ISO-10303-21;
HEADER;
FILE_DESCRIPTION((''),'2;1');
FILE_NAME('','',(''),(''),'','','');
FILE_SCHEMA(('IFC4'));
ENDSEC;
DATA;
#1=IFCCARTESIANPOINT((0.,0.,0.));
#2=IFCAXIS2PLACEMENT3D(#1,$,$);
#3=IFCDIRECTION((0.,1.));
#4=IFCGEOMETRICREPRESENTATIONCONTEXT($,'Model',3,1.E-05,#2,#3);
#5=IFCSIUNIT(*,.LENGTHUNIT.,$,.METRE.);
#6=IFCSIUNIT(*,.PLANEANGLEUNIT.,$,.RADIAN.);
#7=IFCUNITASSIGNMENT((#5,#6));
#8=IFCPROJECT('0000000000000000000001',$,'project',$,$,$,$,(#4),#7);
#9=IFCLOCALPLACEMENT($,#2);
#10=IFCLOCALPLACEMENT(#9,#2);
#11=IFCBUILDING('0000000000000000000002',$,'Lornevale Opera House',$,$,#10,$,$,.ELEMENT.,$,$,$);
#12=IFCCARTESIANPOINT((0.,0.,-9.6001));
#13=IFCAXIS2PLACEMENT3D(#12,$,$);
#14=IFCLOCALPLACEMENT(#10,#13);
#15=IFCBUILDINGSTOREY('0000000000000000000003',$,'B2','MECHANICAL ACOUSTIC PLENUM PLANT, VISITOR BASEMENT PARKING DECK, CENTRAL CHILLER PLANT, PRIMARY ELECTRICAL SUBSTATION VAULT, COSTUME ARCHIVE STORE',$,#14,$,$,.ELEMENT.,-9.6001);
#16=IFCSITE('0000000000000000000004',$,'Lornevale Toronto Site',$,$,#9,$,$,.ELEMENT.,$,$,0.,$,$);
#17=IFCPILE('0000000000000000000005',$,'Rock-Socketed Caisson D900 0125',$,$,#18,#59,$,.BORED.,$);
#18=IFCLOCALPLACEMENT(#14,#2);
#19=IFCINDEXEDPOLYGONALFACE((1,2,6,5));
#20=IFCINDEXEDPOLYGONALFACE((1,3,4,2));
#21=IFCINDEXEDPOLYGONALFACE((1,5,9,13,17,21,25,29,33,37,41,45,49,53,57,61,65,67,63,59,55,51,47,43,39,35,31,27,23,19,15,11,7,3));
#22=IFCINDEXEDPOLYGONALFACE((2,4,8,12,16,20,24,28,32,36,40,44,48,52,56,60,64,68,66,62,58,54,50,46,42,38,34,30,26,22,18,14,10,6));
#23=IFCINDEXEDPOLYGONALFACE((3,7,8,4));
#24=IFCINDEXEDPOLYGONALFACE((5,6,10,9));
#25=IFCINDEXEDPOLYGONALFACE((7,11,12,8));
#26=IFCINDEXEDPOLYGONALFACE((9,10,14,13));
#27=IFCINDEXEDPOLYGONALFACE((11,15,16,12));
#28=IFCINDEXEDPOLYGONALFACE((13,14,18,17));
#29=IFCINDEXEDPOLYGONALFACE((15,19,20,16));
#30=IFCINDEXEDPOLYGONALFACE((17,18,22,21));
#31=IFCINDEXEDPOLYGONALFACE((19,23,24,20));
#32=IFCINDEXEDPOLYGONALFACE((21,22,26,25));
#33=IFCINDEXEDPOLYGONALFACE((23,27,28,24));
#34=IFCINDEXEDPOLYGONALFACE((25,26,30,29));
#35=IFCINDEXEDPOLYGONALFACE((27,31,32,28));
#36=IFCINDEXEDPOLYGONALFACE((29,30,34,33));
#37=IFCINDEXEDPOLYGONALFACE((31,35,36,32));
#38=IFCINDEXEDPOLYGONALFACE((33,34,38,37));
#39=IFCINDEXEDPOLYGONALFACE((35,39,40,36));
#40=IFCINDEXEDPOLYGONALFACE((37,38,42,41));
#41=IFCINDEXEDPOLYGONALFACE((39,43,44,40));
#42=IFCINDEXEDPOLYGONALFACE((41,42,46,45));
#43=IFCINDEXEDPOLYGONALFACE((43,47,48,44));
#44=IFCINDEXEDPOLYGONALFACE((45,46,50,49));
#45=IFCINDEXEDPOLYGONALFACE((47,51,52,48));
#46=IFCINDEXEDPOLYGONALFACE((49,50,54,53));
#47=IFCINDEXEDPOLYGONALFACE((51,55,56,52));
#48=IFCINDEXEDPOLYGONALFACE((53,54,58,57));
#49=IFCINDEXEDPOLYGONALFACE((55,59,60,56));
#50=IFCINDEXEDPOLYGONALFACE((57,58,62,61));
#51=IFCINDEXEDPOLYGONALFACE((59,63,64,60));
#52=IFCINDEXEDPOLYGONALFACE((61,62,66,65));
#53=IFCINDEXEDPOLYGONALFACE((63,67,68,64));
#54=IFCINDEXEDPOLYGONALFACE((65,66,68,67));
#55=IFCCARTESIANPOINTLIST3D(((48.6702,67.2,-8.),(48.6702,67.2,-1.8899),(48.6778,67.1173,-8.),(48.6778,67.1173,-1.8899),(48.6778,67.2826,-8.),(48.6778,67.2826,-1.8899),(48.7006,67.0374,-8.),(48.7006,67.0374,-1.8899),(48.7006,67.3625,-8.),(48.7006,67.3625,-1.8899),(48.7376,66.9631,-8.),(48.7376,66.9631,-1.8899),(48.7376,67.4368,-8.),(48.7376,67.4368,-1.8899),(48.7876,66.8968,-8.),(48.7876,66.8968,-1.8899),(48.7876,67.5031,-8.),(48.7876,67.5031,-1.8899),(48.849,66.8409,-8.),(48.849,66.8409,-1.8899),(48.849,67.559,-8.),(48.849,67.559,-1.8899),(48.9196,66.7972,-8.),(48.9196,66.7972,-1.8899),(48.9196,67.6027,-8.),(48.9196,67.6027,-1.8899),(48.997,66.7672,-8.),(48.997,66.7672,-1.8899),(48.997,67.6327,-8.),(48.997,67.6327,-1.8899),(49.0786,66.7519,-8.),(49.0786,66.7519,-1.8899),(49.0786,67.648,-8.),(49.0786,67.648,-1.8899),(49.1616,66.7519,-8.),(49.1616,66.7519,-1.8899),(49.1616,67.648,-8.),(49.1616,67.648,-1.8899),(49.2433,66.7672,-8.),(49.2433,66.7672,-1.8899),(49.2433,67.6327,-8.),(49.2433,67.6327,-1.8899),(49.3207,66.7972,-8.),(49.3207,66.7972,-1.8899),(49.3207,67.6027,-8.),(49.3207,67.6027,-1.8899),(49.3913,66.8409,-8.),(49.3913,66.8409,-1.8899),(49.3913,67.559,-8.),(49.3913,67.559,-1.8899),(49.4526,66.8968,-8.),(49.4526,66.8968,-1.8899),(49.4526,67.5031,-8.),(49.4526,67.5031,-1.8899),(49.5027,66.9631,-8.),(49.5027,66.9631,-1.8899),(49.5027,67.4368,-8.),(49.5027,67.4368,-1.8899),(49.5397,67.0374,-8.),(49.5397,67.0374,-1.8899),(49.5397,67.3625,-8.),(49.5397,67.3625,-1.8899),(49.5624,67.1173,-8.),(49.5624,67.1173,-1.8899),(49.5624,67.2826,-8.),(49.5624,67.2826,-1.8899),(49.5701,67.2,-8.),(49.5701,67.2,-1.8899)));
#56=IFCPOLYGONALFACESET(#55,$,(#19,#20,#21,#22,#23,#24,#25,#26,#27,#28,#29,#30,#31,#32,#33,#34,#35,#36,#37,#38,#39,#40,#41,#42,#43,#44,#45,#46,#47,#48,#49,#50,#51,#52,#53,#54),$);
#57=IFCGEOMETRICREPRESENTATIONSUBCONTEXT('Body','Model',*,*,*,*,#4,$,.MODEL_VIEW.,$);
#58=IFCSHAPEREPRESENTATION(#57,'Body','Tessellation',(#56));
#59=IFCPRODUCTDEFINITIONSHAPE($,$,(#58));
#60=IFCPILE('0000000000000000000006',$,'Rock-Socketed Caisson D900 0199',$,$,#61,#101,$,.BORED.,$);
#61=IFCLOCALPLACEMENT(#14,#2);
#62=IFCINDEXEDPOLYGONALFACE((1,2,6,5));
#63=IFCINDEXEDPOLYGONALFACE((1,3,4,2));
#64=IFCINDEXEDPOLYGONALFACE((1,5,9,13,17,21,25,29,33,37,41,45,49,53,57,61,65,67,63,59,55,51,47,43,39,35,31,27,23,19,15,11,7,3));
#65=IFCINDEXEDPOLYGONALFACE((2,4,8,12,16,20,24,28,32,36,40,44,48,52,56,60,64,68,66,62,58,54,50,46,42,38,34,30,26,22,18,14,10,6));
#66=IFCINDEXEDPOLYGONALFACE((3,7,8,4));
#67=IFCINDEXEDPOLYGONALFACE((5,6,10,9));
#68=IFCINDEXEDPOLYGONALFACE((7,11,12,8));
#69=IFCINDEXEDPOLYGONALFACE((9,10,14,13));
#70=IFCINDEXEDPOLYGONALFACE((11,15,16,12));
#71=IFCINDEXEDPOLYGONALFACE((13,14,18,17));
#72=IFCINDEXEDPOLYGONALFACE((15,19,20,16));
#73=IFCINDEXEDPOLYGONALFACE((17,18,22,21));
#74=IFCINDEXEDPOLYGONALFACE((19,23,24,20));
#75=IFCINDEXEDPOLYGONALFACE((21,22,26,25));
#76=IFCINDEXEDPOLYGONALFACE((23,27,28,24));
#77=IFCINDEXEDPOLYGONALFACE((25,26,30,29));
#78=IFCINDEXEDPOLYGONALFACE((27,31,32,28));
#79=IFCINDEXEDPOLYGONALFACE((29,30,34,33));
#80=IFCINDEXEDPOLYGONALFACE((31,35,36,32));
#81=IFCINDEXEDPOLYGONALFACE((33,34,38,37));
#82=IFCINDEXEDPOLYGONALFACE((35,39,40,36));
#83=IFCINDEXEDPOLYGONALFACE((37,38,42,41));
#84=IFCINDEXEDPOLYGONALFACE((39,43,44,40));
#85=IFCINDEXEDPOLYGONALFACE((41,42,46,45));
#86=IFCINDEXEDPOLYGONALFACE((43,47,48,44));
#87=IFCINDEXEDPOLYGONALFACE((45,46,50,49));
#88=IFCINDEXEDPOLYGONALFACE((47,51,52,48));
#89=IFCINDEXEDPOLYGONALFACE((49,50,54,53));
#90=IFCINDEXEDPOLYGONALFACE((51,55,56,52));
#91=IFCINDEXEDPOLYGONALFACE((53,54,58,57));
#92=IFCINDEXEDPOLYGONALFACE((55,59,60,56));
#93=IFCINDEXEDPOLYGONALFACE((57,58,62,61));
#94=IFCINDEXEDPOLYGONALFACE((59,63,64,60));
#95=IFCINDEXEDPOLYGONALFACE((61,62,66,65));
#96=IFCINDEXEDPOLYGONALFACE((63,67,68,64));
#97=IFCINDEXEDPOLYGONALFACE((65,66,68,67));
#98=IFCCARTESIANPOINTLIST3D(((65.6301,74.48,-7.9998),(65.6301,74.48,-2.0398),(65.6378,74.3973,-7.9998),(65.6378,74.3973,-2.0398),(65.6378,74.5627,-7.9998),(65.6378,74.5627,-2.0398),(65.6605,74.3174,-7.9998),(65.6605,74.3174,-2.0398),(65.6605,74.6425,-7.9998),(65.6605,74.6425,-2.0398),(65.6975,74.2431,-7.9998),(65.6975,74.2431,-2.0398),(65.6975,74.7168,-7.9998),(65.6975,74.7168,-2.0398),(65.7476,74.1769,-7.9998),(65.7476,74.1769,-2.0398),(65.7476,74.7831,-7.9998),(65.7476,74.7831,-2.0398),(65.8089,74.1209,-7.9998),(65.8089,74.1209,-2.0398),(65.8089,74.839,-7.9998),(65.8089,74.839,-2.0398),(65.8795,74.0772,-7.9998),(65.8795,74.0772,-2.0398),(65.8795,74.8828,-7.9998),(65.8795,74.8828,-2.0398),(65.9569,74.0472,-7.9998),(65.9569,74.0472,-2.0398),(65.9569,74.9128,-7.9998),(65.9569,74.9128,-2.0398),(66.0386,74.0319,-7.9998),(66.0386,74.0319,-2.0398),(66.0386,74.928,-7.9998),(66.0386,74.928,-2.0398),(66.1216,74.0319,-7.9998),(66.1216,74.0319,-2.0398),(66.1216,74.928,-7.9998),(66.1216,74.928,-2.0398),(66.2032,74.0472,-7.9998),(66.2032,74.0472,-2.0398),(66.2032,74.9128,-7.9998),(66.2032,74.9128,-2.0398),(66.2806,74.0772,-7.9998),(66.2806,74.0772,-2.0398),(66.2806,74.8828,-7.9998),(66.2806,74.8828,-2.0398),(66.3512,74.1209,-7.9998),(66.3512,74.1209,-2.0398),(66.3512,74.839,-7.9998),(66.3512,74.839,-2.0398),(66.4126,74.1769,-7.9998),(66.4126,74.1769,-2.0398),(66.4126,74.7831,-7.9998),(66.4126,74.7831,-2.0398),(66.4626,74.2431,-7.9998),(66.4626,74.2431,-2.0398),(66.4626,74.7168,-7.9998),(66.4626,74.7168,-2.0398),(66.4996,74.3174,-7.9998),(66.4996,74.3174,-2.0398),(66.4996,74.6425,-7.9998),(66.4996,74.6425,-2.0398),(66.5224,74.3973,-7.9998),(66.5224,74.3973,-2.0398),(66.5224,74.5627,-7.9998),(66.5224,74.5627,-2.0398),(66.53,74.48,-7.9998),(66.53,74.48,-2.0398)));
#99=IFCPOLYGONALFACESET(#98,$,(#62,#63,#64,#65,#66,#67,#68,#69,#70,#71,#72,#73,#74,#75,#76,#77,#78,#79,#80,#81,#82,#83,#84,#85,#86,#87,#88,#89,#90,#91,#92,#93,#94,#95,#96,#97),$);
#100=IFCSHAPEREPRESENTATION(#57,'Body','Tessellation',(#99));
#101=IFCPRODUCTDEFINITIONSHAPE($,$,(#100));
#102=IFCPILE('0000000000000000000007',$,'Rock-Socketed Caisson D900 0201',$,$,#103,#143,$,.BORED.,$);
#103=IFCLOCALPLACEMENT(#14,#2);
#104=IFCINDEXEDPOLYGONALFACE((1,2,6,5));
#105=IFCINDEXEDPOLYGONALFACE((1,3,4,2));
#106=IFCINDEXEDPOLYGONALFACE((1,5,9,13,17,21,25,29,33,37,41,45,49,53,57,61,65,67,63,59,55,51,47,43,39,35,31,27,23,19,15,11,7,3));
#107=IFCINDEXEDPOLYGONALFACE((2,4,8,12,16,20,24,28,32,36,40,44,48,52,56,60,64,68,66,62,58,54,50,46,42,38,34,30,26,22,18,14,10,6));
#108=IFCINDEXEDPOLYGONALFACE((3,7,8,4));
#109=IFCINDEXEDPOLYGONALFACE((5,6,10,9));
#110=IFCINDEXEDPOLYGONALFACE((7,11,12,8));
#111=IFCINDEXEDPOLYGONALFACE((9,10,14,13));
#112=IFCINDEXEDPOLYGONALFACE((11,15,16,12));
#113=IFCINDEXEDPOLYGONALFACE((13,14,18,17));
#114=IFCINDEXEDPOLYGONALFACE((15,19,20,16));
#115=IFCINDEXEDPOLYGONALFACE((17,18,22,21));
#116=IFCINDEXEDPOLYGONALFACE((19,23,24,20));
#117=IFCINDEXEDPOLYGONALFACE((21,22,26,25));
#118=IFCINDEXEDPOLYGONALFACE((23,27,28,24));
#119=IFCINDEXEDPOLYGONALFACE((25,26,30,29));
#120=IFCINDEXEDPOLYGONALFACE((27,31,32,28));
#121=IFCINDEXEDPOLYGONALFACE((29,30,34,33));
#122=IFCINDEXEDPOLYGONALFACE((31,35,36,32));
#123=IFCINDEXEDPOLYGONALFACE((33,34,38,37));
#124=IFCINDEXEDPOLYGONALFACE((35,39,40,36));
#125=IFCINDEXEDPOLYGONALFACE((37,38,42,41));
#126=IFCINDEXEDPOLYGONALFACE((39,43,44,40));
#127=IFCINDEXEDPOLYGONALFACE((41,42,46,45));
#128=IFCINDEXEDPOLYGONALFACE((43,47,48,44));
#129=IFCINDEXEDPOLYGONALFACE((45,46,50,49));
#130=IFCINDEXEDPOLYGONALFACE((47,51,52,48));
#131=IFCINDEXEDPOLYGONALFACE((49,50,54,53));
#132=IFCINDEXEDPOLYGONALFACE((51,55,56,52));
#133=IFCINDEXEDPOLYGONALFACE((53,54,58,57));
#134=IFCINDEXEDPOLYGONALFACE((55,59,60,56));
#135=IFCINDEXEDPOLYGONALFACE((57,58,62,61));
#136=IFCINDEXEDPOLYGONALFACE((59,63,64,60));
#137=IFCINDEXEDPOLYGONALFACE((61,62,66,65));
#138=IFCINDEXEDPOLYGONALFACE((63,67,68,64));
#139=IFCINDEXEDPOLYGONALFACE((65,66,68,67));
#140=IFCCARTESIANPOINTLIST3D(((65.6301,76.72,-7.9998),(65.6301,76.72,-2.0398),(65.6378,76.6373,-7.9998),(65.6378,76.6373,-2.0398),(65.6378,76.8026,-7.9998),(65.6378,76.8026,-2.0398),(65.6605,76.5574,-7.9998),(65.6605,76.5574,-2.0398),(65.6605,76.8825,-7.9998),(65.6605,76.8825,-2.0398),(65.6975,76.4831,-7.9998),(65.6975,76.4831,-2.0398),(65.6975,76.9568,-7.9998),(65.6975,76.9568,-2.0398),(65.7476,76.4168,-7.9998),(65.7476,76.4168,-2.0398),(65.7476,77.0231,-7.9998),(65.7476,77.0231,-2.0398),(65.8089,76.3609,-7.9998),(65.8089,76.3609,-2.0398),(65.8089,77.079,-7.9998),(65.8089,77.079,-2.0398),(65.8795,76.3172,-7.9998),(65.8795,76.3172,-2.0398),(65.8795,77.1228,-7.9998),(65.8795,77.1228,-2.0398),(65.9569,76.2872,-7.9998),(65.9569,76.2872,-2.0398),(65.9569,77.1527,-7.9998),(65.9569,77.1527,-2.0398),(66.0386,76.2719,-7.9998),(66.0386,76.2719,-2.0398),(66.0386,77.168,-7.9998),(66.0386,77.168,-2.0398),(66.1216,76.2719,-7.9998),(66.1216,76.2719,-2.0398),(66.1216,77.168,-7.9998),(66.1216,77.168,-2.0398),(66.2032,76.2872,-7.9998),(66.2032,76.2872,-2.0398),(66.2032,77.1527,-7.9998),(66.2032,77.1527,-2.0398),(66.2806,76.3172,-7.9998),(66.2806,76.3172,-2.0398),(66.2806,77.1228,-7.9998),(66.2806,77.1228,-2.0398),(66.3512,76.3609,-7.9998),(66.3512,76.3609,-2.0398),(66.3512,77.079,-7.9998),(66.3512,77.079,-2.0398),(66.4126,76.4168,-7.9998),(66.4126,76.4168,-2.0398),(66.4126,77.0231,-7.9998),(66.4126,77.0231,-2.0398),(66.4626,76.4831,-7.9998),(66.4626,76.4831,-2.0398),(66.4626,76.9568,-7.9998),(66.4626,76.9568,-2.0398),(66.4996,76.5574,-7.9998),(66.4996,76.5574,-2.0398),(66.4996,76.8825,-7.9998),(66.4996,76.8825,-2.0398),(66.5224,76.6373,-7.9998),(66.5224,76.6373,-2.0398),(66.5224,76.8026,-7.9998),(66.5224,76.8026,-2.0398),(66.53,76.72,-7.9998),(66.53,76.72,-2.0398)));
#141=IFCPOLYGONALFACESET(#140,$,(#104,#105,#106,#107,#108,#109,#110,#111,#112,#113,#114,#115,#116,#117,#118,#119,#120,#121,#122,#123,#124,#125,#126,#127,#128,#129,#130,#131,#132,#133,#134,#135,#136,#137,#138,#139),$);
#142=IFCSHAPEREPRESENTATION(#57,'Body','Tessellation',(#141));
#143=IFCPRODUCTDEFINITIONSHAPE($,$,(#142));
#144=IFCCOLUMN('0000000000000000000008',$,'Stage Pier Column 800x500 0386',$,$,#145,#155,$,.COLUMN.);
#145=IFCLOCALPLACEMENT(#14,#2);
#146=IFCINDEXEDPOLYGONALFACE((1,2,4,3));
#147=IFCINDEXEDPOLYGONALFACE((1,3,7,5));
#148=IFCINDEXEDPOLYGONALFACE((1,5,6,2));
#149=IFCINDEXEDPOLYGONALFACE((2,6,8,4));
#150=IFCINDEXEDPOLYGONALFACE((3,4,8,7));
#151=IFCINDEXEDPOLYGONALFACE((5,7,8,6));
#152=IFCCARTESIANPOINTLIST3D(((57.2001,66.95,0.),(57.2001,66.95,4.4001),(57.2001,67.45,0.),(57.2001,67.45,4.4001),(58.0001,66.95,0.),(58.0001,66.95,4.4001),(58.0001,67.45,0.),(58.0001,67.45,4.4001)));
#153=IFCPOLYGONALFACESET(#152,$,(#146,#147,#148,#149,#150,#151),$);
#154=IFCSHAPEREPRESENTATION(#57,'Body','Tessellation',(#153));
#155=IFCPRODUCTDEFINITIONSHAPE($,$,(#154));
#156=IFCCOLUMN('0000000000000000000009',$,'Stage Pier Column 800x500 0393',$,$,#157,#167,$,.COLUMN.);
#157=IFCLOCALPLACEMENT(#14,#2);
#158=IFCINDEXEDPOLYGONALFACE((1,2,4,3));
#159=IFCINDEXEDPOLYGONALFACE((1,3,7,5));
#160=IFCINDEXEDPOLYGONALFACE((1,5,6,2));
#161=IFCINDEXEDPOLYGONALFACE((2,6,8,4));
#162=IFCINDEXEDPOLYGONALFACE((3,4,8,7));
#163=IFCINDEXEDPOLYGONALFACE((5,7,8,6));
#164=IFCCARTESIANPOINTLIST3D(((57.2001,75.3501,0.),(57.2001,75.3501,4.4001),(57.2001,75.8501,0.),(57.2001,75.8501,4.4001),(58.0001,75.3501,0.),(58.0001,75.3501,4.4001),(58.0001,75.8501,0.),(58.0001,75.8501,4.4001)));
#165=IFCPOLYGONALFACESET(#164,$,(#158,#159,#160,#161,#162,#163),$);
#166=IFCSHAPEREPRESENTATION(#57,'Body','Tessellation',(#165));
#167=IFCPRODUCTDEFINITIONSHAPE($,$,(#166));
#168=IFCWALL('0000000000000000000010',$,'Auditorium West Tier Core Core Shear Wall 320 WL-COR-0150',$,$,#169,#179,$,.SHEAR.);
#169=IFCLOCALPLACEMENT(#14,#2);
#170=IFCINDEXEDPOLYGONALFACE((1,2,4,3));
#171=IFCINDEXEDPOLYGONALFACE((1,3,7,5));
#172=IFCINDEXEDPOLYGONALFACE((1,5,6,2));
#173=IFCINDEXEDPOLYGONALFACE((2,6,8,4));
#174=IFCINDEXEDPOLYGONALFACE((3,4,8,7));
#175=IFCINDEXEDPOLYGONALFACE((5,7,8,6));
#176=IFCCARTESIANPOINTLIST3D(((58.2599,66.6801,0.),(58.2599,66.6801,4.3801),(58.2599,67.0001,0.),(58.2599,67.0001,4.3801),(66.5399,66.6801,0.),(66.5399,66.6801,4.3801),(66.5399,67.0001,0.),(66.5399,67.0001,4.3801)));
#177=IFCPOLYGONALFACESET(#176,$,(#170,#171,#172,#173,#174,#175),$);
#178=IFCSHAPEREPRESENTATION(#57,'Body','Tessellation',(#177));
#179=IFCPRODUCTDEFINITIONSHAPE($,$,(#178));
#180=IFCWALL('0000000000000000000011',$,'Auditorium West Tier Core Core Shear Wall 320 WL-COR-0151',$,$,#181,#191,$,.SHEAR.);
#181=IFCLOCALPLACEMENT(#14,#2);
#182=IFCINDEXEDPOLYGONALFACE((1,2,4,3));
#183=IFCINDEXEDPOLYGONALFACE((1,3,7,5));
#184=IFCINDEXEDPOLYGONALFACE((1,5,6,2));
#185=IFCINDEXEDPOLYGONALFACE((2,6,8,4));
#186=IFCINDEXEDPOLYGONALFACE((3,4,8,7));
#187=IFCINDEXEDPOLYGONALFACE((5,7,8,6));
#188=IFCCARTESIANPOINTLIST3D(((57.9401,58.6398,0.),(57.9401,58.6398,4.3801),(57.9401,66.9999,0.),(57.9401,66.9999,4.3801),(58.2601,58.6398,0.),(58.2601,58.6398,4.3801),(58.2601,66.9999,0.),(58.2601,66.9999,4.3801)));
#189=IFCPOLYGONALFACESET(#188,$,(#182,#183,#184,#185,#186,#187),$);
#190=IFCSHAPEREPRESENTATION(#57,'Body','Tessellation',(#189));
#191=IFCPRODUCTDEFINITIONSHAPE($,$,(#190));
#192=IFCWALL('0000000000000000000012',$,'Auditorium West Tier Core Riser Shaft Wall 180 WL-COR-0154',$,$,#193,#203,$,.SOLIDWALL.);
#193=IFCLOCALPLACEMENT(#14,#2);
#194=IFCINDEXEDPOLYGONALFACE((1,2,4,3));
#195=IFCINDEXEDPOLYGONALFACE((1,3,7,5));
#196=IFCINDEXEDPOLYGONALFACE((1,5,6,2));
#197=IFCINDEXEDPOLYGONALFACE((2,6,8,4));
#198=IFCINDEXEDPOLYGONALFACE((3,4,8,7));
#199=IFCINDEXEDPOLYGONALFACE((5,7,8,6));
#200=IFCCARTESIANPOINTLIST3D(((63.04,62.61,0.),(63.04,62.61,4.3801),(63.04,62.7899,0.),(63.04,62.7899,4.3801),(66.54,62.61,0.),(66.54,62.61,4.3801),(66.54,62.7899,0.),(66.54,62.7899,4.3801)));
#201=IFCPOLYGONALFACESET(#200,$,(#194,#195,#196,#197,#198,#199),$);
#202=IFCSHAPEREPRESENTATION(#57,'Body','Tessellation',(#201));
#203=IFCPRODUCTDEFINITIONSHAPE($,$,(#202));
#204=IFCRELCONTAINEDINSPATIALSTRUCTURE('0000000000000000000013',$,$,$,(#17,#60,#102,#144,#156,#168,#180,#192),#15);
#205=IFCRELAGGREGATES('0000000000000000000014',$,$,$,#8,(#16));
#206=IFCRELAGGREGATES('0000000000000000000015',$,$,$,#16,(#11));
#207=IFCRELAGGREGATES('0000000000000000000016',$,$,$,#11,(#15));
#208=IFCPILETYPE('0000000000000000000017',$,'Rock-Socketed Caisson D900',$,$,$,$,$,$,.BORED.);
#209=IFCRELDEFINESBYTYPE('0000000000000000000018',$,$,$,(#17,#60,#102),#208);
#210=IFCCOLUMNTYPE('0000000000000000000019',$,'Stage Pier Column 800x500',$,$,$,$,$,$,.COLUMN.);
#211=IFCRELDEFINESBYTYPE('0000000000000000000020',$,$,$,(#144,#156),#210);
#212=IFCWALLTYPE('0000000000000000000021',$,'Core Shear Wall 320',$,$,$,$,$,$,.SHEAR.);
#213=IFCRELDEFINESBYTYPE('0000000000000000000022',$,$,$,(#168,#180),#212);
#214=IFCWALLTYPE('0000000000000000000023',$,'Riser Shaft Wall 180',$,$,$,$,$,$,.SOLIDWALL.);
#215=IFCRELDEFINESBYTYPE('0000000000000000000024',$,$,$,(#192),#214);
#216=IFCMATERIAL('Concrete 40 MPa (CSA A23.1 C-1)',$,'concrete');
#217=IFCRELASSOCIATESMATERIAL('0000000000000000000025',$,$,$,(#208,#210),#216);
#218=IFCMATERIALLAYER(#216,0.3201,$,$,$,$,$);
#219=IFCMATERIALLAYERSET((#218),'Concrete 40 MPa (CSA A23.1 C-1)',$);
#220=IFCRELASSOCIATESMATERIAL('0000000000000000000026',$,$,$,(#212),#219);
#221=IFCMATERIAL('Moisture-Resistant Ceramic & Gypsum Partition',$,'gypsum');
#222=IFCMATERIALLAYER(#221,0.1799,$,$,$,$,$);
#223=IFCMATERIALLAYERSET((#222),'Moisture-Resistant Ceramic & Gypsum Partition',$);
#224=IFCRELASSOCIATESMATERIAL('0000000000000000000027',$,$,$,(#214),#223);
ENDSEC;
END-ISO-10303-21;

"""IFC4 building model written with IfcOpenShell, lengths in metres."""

from ifc_helpers import new_model, si_unit, direction, frame, frame_2d, origin, origin_2d, place, context, subcontext, project, spatial, rectangle, circle, extrude, material, layer, layer_set, material_profile, profile_set, type_object, element, save


model = new_model("IFC4")

# Units and contexts
model_context = context("Model", 3, precision=1e-05, world=origin(), true_north=direction((0.0, 1.0)))
body_context = subcontext(model_context, "Body", "Model", "MODEL_VIEW")
ifc_project = project(units=[si_unit("LENGTHUNIT", "METRE"), si_unit("PLANEANGLEUNIT", "RADIAN")], contexts=[model_context])

# Site, building, storey
site_placement = place(None, origin())
site = spatial("IfcSite", under=ifc_project, at=site_placement, Name="Lornevale Toronto Site", CompositionType="ELEMENT", RefElevation=0.0)
building_placement = place(site_placement, origin())
building = spatial("IfcBuilding", under=site, at=building_placement, Name="Lornevale Opera House", CompositionType="ELEMENT")
storey_placement = place(building_placement, frame((0.0, 0.0, -9.6001)))
storey = spatial("IfcBuildingStorey", under=building, at=storey_placement, Name="B2", Description="MECHANICAL ACOUSTIC PLENUM PLANT, VISITOR BASEMENT PARKING DECK, CENTRAL CHILLER PLANT, PRIMARY ELECTRICAL SUBSTATION VAULT, COSTUME ARCHIVE STORE", CompositionType="ELEMENT", Elevation=-9.6001)

# Piles
ifc_material_1 = material(Name="Concrete 40 MPa (CSA A23.1 C-1)", Category="concrete")
ifc_material_profile_1 = material_profile(ifc_material_1, circle(Radius=0.45, at=origin_2d()), Name="CAIS900")
ifc_profile_set_1 = profile_set([ifc_material_profile_1], Name="Concrete 40 MPa (CSA A23.1 C-1)")
pile_type_1 = type_object("IfcPileType", Name="Rock-Socketed Caisson D900", PredefinedType="BORED", material=ifc_profile_set_1)
pile_1_placement = place(storey_placement, frame((49.1201, 67.2, -1.8899), z_axis=(0.0, 0.0, -1.0), x_axis=(1.0, 0.0, 0.0)))
element("IfcPile", 1, at=pile_1_placement, inside=storey, type_object=pile_type_1, Name="Rock-Socketed Caisson D900 0125", PredefinedType="BORED", context=body_context, shape_type="SweptSolid", body=[
    extrude(circle(Radius=0.45, at=origin_2d()), origin(), (0.0, 0.0, 1.0), 6.1101),
])
for number, where, z_axis, x_axis, name in (
    (2, (66.0801, 74.48, -2.0398), (0.0, 0.0, -1.0), (1.0, 0.0, 0.0), "Rock-Socketed Caisson D900 0199"),
    (3, (66.0801, 76.72, -2.0398), (0.0, 0.0, -1.0), (1.0, 0.0, 0.0), "Rock-Socketed Caisson D900 0201"),
):
    element("IfcPile", number, at=place(storey_placement, frame(where, z_axis=z_axis, x_axis=x_axis)), inside=storey, type_object=pile_type_1, Name=name, PredefinedType="BORED", context=body_context, shape_type="SweptSolid", body=[
        extrude(circle(Radius=0.45, at=origin_2d()), origin(), (0.0, 0.0, 1.0), 5.96),
    ])

# Columns
ifc_material_profile_2 = material_profile(ifc_material_1, rectangle(XDim=0.8, YDim=0.5, at=origin_2d()), Name="RC800x500")
ifc_profile_set_2 = profile_set([ifc_material_profile_2], Name="Concrete 40 MPa (CSA A23.1 C-1)")
column_type = type_object("IfcColumnType", Name="Stage Pier Column 800x500", PredefinedType="COLUMN", material=ifc_profile_set_2)
for number, where, z_axis, x_axis, name in (
    (4, (57.6001, 67.2, 0.0), (0.0, 0.0, 1.0), (1.0, 0.0, 0.0), "Stage Pier Column 800x500 0386"),
    (5, (57.6001, 75.6001, 0.0), (0.0, 0.0, 1.0), (1.0, 0.0, 0.0), "Stage Pier Column 800x500 0393"),
):
    element("IfcColumn", number, at=place(storey_placement, frame(where, z_axis=z_axis, x_axis=x_axis)), inside=storey, type_object=column_type, Name=name, PredefinedType="COLUMN", context=body_context, shape_type="SweptSolid", body=[
        extrude(rectangle(XDim=0.8, YDim=0.5, at=origin_2d()), origin(), (0.0, 0.0, 1.0), 4.4001),
    ])

# Walls
ifc_layer_1 = layer(ifc_material_1, 0.3201)
ifc_layer_set_1 = layer_set([ifc_layer_1], Name="Concrete 40 MPa (CSA A23.1 C-1)")
wall_type_1 = type_object("IfcWallType", Name="Core Shear Wall 320", PredefinedType="SHEAR", material=ifc_layer_set_1)
wall_1_placement = place(storey_placement, frame((66.54, 66.8401, 0.0), z_axis=(0.0, 0.0, 1.0), x_axis=(-1.0, 0.0, 0.0)))
element("IfcWall", 6, at=wall_1_placement, inside=storey, type_object=wall_type_1, Name="Auditorium West Tier Core Core Shear Wall 320 WL-COR-0150", PredefinedType="SHEAR", context=body_context, shape_type="SweptSolid", body=[
    extrude(rectangle(XDim=8.28, YDim=0.3201, at=frame_2d((4.1401, 0.0))), origin(), (0.0, 0.0, 1.0), 4.3801),
])
wall_2_placement = place(storey_placement, frame((58.1001, 67.0, 0.0), z_axis=(0.0, 0.0, 1.0), x_axis=(0.0, -1.0, 0.0)))
element("IfcWall", 7, at=wall_2_placement, inside=storey, type_object=wall_type_1, Name="Auditorium West Tier Core Core Shear Wall 320 WL-COR-0151", PredefinedType="SHEAR", context=body_context, shape_type="SweptSolid", body=[
    extrude(rectangle(XDim=8.3601, YDim=0.3201, at=frame_2d((4.1802, 0.0))), origin(), (0.0, 0.0, 1.0), 4.3801),
])
ifc_material_2 = material(Name="Moisture-Resistant Ceramic & Gypsum Partition", Category="gypsum")
ifc_layer_2 = layer(ifc_material_2, 0.1799)
ifc_layer_set_2 = layer_set([ifc_layer_2], Name="Moisture-Resistant Ceramic & Gypsum Partition")
wall_type_2 = type_object("IfcWallType", Name="Riser Shaft Wall 180", PredefinedType="SOLIDWALL", material=ifc_layer_set_2)
wall_3_placement = place(storey_placement, frame((63.04, 62.7, 0.0), z_axis=(0.0, 0.0, 1.0), x_axis=(1.0, 0.0, 0.0)))
element("IfcWall", 8, at=wall_3_placement, inside=storey, type_object=wall_type_2, Name="Auditorium West Tier Core Riser Shaft Wall 180 WL-COR-0154", PredefinedType="SOLIDWALL", context=body_context, shape_type="SweptSolid", body=[
    extrude(rectangle(XDim=3.5, YDim=0.1799, at=frame_2d((1.75, 0.0))), origin(), (0.0, 0.0, 1.0), 4.3801),
])

save(model, "model.ifc")
